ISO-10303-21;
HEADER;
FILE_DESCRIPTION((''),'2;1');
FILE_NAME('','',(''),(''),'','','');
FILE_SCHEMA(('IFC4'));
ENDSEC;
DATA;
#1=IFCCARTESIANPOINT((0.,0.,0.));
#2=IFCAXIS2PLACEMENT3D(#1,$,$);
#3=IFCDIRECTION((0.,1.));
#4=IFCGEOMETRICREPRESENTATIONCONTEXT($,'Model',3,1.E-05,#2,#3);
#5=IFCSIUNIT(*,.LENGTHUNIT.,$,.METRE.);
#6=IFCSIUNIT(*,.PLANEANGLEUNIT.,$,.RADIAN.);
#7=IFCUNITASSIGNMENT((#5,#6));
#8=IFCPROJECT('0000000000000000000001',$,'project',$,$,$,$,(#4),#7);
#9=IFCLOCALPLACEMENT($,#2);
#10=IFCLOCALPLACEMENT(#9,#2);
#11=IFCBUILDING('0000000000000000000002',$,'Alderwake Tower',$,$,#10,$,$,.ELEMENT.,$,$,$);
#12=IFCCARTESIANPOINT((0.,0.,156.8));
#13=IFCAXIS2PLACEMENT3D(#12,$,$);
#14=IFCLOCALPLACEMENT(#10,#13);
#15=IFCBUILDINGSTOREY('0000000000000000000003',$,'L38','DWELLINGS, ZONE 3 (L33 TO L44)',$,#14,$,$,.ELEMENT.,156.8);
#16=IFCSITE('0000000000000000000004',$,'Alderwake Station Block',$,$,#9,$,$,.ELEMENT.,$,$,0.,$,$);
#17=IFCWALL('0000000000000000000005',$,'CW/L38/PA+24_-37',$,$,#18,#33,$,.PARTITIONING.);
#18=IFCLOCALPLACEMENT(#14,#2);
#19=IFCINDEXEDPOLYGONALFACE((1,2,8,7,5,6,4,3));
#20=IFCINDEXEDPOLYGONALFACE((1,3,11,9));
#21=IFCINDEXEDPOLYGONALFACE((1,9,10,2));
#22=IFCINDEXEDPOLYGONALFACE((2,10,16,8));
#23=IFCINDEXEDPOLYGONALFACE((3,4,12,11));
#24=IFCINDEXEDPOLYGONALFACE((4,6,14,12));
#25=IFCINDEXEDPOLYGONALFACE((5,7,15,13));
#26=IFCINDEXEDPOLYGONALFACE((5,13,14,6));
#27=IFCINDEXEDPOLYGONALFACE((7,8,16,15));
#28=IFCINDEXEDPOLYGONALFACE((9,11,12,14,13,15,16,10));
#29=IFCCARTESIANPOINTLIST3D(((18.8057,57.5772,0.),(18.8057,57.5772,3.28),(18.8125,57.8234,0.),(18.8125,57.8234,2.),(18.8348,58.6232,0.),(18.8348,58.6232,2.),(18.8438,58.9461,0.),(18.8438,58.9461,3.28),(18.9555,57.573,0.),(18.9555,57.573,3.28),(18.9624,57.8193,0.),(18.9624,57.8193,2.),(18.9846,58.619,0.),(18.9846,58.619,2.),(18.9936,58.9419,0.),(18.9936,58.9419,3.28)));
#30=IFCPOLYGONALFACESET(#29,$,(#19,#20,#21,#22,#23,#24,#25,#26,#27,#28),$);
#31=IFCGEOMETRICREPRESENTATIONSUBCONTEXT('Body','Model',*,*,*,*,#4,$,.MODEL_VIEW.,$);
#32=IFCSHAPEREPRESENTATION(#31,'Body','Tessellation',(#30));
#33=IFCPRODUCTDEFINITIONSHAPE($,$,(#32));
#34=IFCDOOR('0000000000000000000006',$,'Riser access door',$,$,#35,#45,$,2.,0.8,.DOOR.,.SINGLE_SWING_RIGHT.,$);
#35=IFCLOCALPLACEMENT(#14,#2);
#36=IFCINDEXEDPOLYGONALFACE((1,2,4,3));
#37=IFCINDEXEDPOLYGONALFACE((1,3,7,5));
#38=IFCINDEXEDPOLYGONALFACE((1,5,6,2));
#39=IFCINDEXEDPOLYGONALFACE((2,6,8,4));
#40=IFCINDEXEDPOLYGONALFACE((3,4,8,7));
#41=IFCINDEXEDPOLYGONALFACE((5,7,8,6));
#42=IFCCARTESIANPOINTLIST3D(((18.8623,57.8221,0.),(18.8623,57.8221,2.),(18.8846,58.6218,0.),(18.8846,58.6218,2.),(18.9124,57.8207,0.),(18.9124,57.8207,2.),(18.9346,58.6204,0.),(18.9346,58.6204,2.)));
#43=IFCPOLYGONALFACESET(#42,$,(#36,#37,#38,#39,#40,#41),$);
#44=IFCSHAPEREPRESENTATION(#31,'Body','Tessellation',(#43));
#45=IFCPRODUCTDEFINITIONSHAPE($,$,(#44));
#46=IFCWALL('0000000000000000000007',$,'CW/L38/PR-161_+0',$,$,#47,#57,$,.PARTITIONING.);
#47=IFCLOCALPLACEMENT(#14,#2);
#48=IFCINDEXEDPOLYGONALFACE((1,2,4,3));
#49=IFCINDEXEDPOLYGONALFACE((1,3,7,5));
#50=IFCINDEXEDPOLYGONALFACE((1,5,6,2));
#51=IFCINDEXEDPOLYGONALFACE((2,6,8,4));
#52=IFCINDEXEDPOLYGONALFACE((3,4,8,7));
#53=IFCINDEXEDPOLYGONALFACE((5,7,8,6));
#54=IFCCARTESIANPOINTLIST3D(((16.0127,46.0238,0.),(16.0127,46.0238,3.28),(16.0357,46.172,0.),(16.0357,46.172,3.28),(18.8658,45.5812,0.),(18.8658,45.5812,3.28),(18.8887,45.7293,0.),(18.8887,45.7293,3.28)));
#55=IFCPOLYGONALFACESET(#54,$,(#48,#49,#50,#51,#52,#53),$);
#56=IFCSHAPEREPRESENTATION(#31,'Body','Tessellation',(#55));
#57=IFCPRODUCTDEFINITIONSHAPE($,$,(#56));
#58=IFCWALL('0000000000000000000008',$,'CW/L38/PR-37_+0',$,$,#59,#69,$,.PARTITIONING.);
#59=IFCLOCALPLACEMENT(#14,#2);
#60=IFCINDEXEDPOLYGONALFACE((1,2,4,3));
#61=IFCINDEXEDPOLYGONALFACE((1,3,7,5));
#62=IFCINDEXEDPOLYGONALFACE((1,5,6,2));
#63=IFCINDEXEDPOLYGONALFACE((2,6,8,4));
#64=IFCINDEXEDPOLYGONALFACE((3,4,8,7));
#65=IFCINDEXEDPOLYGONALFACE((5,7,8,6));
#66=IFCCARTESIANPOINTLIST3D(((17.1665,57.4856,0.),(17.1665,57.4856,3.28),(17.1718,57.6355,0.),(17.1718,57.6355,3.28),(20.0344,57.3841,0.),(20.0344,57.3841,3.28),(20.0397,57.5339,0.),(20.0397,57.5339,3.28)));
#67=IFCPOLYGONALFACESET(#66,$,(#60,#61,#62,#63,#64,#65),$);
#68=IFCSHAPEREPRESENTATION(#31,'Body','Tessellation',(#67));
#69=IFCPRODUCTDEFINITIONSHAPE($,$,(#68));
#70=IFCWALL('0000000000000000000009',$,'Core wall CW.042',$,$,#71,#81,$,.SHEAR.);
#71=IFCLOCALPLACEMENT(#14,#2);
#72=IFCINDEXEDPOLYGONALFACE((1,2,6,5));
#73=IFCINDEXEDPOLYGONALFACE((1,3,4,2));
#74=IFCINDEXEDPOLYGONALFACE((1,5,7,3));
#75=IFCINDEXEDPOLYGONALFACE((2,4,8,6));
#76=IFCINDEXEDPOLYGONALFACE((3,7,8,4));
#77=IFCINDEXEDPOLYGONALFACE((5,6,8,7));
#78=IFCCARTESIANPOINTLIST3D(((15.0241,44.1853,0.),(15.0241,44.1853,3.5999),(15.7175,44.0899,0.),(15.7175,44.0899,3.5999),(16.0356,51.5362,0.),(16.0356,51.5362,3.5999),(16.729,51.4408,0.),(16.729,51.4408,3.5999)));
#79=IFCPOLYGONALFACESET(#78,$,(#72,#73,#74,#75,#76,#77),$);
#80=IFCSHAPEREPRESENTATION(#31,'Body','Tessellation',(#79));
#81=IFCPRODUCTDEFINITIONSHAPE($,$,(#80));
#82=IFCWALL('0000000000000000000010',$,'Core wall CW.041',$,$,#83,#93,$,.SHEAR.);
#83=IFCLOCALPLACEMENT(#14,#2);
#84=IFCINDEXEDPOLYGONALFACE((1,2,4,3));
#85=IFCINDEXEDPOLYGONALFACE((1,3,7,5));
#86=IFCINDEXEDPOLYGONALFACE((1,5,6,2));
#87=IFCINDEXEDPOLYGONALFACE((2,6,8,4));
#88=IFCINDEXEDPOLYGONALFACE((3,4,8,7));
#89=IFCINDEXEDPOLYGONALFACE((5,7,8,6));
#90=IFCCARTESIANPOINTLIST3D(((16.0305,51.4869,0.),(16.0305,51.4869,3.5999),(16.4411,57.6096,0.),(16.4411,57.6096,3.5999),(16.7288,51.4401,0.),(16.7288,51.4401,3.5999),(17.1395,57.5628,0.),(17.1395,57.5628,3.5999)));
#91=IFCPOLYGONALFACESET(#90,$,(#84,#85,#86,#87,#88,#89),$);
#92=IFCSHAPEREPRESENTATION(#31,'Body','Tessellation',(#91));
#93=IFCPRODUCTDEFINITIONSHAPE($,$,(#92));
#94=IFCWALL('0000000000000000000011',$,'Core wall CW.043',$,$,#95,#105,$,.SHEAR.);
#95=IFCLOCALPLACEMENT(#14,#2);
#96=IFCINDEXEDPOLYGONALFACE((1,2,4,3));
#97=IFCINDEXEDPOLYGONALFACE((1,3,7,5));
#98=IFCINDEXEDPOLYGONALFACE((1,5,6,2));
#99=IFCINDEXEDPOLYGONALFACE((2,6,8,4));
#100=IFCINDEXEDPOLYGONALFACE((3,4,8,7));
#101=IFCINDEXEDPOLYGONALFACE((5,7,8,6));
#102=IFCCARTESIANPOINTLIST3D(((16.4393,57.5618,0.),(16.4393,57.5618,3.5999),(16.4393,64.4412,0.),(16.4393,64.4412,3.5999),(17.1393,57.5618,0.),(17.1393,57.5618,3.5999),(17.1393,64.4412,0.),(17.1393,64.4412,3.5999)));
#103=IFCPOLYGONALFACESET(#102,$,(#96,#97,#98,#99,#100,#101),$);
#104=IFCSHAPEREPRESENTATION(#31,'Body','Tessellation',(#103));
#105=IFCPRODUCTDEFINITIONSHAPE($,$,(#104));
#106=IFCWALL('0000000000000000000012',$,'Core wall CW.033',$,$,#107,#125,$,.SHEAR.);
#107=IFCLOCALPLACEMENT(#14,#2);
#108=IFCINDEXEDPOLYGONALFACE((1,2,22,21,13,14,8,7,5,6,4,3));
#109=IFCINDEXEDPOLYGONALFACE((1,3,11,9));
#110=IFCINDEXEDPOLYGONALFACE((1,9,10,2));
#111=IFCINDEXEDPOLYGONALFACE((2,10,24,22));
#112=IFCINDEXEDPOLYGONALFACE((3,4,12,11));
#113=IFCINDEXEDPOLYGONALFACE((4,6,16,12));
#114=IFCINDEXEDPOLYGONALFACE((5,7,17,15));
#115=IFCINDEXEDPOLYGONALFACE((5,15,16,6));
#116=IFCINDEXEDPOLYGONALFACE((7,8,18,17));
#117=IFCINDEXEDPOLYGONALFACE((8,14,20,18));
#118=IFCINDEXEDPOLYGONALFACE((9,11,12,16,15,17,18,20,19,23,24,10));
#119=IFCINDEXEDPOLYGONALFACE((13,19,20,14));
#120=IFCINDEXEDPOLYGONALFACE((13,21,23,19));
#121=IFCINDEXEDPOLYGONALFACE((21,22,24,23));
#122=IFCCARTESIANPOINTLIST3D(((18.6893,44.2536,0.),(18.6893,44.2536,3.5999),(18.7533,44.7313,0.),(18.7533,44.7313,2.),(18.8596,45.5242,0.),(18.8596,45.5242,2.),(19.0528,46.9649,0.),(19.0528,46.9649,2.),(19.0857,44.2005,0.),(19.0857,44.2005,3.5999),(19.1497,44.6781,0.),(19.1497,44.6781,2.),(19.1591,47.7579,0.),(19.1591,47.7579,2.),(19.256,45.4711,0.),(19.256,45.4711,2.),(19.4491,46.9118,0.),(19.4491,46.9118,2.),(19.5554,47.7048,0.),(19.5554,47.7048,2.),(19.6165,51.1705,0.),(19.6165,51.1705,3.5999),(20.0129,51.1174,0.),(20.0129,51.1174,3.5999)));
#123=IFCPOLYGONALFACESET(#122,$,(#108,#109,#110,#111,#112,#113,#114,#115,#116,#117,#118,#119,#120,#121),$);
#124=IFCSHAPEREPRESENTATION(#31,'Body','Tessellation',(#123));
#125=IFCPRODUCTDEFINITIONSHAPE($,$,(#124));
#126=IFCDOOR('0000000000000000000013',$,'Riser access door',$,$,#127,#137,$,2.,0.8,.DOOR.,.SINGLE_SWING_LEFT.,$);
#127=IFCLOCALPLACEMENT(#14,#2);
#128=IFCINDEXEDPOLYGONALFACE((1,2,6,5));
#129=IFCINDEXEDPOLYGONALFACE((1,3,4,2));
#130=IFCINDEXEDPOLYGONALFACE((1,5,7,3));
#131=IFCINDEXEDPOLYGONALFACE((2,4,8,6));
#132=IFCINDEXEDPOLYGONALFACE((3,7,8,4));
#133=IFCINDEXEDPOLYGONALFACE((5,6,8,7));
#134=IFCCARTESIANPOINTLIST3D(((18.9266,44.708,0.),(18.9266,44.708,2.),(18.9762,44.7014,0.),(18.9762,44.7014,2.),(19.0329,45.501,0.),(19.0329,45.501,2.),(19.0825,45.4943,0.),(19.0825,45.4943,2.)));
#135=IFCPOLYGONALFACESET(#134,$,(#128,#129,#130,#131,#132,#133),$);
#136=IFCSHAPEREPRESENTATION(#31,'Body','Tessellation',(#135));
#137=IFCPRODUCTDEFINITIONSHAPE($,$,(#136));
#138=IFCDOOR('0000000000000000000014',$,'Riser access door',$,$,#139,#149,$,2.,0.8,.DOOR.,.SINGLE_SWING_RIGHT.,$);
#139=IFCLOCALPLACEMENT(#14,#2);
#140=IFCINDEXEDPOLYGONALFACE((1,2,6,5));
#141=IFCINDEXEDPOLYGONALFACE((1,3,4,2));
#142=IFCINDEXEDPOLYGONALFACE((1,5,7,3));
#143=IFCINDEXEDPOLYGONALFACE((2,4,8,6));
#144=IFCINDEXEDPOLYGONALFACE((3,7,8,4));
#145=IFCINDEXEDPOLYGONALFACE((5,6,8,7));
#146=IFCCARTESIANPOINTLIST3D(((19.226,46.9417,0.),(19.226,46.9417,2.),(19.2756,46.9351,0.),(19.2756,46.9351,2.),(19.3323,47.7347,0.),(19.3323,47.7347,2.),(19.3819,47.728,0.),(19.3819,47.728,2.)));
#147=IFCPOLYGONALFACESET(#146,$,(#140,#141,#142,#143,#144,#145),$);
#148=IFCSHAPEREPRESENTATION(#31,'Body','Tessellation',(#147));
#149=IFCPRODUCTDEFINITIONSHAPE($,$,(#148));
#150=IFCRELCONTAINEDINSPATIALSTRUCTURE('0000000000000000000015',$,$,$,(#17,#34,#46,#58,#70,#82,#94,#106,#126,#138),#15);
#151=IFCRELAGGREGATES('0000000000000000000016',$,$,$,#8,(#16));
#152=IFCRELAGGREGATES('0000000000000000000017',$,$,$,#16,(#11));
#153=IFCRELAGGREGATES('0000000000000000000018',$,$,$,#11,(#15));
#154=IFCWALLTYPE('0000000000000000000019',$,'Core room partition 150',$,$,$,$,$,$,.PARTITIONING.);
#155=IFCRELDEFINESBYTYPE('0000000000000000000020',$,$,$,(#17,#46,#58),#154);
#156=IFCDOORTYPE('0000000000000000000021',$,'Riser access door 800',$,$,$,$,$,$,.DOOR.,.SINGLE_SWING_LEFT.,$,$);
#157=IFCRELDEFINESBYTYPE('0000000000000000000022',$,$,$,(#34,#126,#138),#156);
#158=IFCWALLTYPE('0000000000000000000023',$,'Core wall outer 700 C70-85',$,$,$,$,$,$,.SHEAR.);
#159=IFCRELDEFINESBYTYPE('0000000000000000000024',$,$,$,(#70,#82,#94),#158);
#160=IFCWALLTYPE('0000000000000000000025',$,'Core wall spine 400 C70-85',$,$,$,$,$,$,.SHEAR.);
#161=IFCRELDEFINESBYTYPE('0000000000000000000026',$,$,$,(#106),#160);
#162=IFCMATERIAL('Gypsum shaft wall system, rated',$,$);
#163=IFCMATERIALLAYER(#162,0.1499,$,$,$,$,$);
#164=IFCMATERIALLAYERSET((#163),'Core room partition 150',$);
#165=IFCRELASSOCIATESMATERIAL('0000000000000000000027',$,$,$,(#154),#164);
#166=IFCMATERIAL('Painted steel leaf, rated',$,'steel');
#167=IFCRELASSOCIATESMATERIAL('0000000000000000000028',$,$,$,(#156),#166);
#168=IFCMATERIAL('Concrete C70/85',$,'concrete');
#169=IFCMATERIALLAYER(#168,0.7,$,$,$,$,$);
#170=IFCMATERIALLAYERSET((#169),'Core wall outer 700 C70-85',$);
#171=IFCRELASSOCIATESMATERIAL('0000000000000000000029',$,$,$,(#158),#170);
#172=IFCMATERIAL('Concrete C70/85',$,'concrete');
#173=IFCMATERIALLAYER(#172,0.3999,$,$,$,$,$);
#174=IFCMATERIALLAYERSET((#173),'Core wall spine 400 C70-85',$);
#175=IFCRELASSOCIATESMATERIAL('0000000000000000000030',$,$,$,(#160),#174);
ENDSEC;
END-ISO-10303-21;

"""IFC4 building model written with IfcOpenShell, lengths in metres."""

from ifc_helpers import new_model, si_unit, direction, frame, frame_2d, origin, place, context, subcontext, project, spatial, rectangle, extrude, material, layer, layer_set, type_object, element, fill, save


model = new_model("IFC4")

# Units and contexts
model_context = context("Model", 3, precision=1e-05, world=origin(), true_north=direction((0.0, 1.0)))
body_context = subcontext(model_context, "Body", "Model", "MODEL_VIEW")
ifc_project = project(units=[si_unit("LENGTHUNIT", "METRE"), si_unit("PLANEANGLEUNIT", "RADIAN")], contexts=[model_context])

# Site, building, storey
site_placement = place(None, origin())
site = spatial("IfcSite", under=ifc_project, at=site_placement, Name="Alderwake Station Block", CompositionType="ELEMENT", RefElevation=0.0)
building_placement = place(site_placement, origin())
building = spatial("IfcBuilding", under=site, at=building_placement, Name="Alderwake Tower", CompositionType="ELEMENT")
storey_placement = place(building_placement, frame((0.0, 0.0, 156.8)))
storey = spatial("IfcBuildingStorey", under=building, at=storey_placement, Name="L38", Description="DWELLINGS, ZONE 3 (L33 TO L44)", CompositionType="ELEMENT", Elevation=156.8)

# Wall, opening, door
ifc_material_1 = material(Name="Gypsum shaft wall system, rated")
ifc_layer_1 = layer(ifc_material_1, 0.1499)
ifc_layer_set_1 = layer_set([ifc_layer_1], Name="Core room partition 150")
wall_type_1 = type_object("IfcWallType", Name="Core room partition 150", PredefinedType="PARTITIONING", material=ifc_layer_set_1)
wall_1_placement = place(storey_placement, frame((18.9187, 58.9438, 0.0), z_axis=(0.0, 0.0, 1.0), x_axis=(-0.027812, -0.999613, 0.0)))
wall_1 = element("IfcWall", 1, at=wall_1_placement, inside=storey, type_object=wall_type_1, Name="CW/L38/PA+24_-37", PredefinedType="PARTITIONING", context=body_context, shape_type="SweptSolid", body=[
    extrude(rectangle(XDim=1.3694, YDim=0.1499, at=frame_2d((0.6846, 0.0))), origin(), (0.0, 0.0, 1.0), 3.28),
])
opening_1_placement = place(wall_1_placement, frame((0.323, 0.0, 0.0)))
opening_1 = element("IfcOpeningElement", 2, at=opening_1_placement, cuts=wall_1, PredefinedType="OPENING", context=body_context, shape_type="SweptSolid", body=[
    extrude(rectangle(XDim=0.8, YDim=2.0, at=frame_2d((0.3999, 1.0))), frame((0.0, 0.085, 0.0), z_axis=(0.0, -1.0, 0.0), x_axis=(1.0, 0.0, 0.0)), (0.0, 0.0, 1.0), 0.1699),
])
ifc_material_2 = material(Name="Painted steel leaf, rated", Category="steel")
door_type_1 = type_object("IfcDoorType", Name="Riser access door 800", OperationType="SINGLE_SWING_LEFT", PredefinedType="DOOR", material=ifc_material_2)
door_1_placement = place(opening_1_placement, origin())
door_1 = element("IfcDoor", 3, at=door_1_placement, inside=storey, type_object=door_type_1, Name="Riser access door", OperationType="SINGLE_SWING_RIGHT", OverallHeight=2.0, OverallWidth=0.8, PredefinedType="DOOR", context=body_context, shape_type="SweptSolid", body=[
    extrude(rectangle(XDim=0.8, YDim=2.0, at=frame_2d((0.3999, 1.0))), frame((0.0, 0.0249, 0.0), z_axis=(0.0, -1.0, 0.0), x_axis=(1.0, 0.0, 0.0)), (0.0, 0.0, 1.0), 0.05),
])
fill(opening_1, door_1)

# Walls
wall_2_placement = place(storey_placement, frame((16.0242, 46.0979, 0.0), z_axis=(0.0, 0.0, 1.0), x_axis=(0.988178, -0.153309, 0.0)))
element("IfcWall", 4, at=wall_2_placement, inside=storey, type_object=wall_type_1, Name="CW/L38/PR-161_+0", PredefinedType="PARTITIONING", context=body_context, shape_type="SweptSolid", body=[
    extrude(rectangle(XDim=2.8872, YDim=0.1499, at=frame_2d((1.4436, 0.0))), origin(), (0.0, 0.0, 1.0), 3.28),
])
wall_3_placement = place(storey_placement, frame((17.1692, 57.5605, 0.0), z_axis=(0.0, 0.0, 1.0), x_axis=(0.999374, -0.035391, 0.0)))
element("IfcWall", 5, at=wall_3_placement, inside=storey, type_object=wall_type_1, Name="CW/L38/PR-37_+0", PredefinedType="PARTITIONING", context=body_context, shape_type="SweptSolid", body=[
    extrude(rectangle(XDim=2.8696, YDim=0.1499, at=frame_2d((1.4348, 0.0))), origin(), (0.0, 0.0, 1.0), 3.28),
])
ifc_material_3 = material(Name="Concrete C70/85", Category="concrete")
ifc_layer_2 = layer(ifc_material_3, 0.7)
ifc_layer_set_2 = layer_set([ifc_layer_2], Name="Core wall outer 700 C70-85")
wall_type_2 = type_object("IfcWallType", Name="Core wall outer 700 C70-85", PredefinedType="SHEAR", material=ifc_layer_set_2)
wall_4_placement = place(storey_placement, frame((15.3708, 44.1377, 0.0), z_axis=(0.0, 0.0, 1.0), x_axis=(0.136316, 0.990665, 0.0)))
element("IfcWall", 6, at=wall_4_placement, inside=storey, type_object=wall_type_2, Name="Core wall CW.042", PredefinedType="SHEAR", context=body_context, shape_type="SweptSolid", body=[
    extrude(rectangle(XDim=7.4202, YDim=0.7, at=frame_2d((3.71, 0.0))), origin(), (0.0, 0.0, 1.0), 3.5999),
])
wall_5_placement = place(storey_placement, frame((16.3796, 51.4634, 0.0), z_axis=(0.0, 0.0, 1.0), x_axis=(0.066918, 0.997758, 0.0)))
element("IfcWall", 7, at=wall_5_placement, inside=storey, type_object=wall_type_2, Name="Core wall CW.041", PredefinedType="SHEAR", context=body_context, shape_type="SweptSolid", body=[
    extrude(rectangle(XDim=6.1365, YDim=0.7, at=frame_2d((3.0684, 0.0))), origin(), (0.0, 0.0, 1.0), 3.5999),
])
wall_6_placement = place(storey_placement, frame((16.7893, 57.5618, 0.0), z_axis=(0.0, 0.0, 1.0), x_axis=(0.0, 1.0, 0.0)))
element("IfcWall", 8, at=wall_6_placement, inside=storey, type_object=wall_type_2, Name="Core wall CW.043", PredefinedType="SHEAR", context=body_context, shape_type="SweptSolid", body=[
    extrude(rectangle(XDim=6.8794, YDim=0.7, at=frame_2d((3.4397, 0.0))), origin(), (0.0, 0.0, 1.0), 3.5999),
])

# Wall, openings, doors
ifc_material_4 = material(Name="Concrete C70/85", Category="concrete")
ifc_layer_3 = layer(ifc_material_4, 0.3999)
ifc_layer_set_3 = layer_set([ifc_layer_3], Name="Core wall spine 400 C70-85")
wall_type_3 = type_object("IfcWallType", Name="Core wall spine 400 C70-85", PredefinedType="SHEAR", material=ifc_layer_set_3)
wall_7_placement = place(storey_placement, frame((19.8147, 51.1438, 0.0), z_axis=(0.0, 0.0, 1.0), x_axis=(-0.132865, -0.991134, 0.0)))
wall_7 = element("IfcWall", 9, at=wall_7_placement, inside=storey, type_object=wall_type_3, Name="Core wall CW.033", PredefinedType="SHEAR", context=body_context, shape_type="SweptSolid", body=[
    extrude(rectangle(XDim=6.9788, YDim=0.3999, at=frame_2d((3.4893, 0.0))), origin(), (0.0, 0.0, 1.0), 3.5999),
])
opening_2_placement = place(wall_7_placement, frame((5.6968, 0.0, 0.0)))
opening_2 = element("IfcOpeningElement", 10, at=opening_2_placement, cuts=wall_7, PredefinedType="OPENING", context=body_context, shape_type="SweptSolid", body=[
    extrude(rectangle(XDim=0.8, YDim=2.0, at=frame_2d((0.3999, 1.0))), frame((0.0, 0.21, 0.0), z_axis=(0.0, -1.0, 0.0), x_axis=(1.0, 0.0, 0.0)), (0.0, 0.0, 1.0), 0.4199),
])
opening_3_placement = place(wall_7_placement, frame((3.4431, 0.0, 0.0)))
opening_3 = element("IfcOpeningElement", 11, at=opening_3_placement, cuts=wall_7, PredefinedType="OPENING", context=body_context, shape_type="SweptSolid", body=[
    extrude(rectangle(XDim=0.8, YDim=2.0, at=frame_2d((0.3999, 1.0))), frame((0.0, 0.21, 0.0), z_axis=(0.0, -1.0, 0.0), x_axis=(1.0, 0.0, 0.0)), (0.0, 0.0, 1.0), 0.4199),
])
door_2_placement = place(opening_2_placement, origin())
door_2 = element("IfcDoor", 12, at=door_2_placement, inside=storey, type_object=door_type_1, Name="Riser access door", OperationType="SINGLE_SWING_LEFT", OverallHeight=2.0, OverallWidth=0.8, PredefinedType="DOOR", context=body_context, shape_type="SweptSolid", body=[
    extrude(rectangle(XDim=0.8, YDim=2.0, at=frame_2d((0.3999, 1.0))), frame((0.0, 0.0249, 0.0), z_axis=(0.0, -1.0, 0.0), x_axis=(1.0, 0.0, 0.0)), (0.0, 0.0, 1.0), 0.05),
])
fill(opening_2, door_2)
door_3_placement = place(opening_3_placement, origin())
door_3 = element("IfcDoor", 13, at=door_3_placement, inside=storey, type_object=door_type_1, Name="Riser access door", OperationType="SINGLE_SWING_RIGHT", OverallHeight=2.0, OverallWidth=0.8, PredefinedType="DOOR", context=body_context, shape_type="SweptSolid", body=[
    extrude(rectangle(XDim=0.8, YDim=2.0, at=frame_2d((0.3999, 1.0))), frame((0.0, 0.0249, 0.0), z_axis=(0.0, -1.0, 0.0), x_axis=(1.0, 0.0, 0.0)), (0.0, 0.0, 1.0), 0.05),
])
fill(opening_3, door_3)

save(model, "model.ifc")
